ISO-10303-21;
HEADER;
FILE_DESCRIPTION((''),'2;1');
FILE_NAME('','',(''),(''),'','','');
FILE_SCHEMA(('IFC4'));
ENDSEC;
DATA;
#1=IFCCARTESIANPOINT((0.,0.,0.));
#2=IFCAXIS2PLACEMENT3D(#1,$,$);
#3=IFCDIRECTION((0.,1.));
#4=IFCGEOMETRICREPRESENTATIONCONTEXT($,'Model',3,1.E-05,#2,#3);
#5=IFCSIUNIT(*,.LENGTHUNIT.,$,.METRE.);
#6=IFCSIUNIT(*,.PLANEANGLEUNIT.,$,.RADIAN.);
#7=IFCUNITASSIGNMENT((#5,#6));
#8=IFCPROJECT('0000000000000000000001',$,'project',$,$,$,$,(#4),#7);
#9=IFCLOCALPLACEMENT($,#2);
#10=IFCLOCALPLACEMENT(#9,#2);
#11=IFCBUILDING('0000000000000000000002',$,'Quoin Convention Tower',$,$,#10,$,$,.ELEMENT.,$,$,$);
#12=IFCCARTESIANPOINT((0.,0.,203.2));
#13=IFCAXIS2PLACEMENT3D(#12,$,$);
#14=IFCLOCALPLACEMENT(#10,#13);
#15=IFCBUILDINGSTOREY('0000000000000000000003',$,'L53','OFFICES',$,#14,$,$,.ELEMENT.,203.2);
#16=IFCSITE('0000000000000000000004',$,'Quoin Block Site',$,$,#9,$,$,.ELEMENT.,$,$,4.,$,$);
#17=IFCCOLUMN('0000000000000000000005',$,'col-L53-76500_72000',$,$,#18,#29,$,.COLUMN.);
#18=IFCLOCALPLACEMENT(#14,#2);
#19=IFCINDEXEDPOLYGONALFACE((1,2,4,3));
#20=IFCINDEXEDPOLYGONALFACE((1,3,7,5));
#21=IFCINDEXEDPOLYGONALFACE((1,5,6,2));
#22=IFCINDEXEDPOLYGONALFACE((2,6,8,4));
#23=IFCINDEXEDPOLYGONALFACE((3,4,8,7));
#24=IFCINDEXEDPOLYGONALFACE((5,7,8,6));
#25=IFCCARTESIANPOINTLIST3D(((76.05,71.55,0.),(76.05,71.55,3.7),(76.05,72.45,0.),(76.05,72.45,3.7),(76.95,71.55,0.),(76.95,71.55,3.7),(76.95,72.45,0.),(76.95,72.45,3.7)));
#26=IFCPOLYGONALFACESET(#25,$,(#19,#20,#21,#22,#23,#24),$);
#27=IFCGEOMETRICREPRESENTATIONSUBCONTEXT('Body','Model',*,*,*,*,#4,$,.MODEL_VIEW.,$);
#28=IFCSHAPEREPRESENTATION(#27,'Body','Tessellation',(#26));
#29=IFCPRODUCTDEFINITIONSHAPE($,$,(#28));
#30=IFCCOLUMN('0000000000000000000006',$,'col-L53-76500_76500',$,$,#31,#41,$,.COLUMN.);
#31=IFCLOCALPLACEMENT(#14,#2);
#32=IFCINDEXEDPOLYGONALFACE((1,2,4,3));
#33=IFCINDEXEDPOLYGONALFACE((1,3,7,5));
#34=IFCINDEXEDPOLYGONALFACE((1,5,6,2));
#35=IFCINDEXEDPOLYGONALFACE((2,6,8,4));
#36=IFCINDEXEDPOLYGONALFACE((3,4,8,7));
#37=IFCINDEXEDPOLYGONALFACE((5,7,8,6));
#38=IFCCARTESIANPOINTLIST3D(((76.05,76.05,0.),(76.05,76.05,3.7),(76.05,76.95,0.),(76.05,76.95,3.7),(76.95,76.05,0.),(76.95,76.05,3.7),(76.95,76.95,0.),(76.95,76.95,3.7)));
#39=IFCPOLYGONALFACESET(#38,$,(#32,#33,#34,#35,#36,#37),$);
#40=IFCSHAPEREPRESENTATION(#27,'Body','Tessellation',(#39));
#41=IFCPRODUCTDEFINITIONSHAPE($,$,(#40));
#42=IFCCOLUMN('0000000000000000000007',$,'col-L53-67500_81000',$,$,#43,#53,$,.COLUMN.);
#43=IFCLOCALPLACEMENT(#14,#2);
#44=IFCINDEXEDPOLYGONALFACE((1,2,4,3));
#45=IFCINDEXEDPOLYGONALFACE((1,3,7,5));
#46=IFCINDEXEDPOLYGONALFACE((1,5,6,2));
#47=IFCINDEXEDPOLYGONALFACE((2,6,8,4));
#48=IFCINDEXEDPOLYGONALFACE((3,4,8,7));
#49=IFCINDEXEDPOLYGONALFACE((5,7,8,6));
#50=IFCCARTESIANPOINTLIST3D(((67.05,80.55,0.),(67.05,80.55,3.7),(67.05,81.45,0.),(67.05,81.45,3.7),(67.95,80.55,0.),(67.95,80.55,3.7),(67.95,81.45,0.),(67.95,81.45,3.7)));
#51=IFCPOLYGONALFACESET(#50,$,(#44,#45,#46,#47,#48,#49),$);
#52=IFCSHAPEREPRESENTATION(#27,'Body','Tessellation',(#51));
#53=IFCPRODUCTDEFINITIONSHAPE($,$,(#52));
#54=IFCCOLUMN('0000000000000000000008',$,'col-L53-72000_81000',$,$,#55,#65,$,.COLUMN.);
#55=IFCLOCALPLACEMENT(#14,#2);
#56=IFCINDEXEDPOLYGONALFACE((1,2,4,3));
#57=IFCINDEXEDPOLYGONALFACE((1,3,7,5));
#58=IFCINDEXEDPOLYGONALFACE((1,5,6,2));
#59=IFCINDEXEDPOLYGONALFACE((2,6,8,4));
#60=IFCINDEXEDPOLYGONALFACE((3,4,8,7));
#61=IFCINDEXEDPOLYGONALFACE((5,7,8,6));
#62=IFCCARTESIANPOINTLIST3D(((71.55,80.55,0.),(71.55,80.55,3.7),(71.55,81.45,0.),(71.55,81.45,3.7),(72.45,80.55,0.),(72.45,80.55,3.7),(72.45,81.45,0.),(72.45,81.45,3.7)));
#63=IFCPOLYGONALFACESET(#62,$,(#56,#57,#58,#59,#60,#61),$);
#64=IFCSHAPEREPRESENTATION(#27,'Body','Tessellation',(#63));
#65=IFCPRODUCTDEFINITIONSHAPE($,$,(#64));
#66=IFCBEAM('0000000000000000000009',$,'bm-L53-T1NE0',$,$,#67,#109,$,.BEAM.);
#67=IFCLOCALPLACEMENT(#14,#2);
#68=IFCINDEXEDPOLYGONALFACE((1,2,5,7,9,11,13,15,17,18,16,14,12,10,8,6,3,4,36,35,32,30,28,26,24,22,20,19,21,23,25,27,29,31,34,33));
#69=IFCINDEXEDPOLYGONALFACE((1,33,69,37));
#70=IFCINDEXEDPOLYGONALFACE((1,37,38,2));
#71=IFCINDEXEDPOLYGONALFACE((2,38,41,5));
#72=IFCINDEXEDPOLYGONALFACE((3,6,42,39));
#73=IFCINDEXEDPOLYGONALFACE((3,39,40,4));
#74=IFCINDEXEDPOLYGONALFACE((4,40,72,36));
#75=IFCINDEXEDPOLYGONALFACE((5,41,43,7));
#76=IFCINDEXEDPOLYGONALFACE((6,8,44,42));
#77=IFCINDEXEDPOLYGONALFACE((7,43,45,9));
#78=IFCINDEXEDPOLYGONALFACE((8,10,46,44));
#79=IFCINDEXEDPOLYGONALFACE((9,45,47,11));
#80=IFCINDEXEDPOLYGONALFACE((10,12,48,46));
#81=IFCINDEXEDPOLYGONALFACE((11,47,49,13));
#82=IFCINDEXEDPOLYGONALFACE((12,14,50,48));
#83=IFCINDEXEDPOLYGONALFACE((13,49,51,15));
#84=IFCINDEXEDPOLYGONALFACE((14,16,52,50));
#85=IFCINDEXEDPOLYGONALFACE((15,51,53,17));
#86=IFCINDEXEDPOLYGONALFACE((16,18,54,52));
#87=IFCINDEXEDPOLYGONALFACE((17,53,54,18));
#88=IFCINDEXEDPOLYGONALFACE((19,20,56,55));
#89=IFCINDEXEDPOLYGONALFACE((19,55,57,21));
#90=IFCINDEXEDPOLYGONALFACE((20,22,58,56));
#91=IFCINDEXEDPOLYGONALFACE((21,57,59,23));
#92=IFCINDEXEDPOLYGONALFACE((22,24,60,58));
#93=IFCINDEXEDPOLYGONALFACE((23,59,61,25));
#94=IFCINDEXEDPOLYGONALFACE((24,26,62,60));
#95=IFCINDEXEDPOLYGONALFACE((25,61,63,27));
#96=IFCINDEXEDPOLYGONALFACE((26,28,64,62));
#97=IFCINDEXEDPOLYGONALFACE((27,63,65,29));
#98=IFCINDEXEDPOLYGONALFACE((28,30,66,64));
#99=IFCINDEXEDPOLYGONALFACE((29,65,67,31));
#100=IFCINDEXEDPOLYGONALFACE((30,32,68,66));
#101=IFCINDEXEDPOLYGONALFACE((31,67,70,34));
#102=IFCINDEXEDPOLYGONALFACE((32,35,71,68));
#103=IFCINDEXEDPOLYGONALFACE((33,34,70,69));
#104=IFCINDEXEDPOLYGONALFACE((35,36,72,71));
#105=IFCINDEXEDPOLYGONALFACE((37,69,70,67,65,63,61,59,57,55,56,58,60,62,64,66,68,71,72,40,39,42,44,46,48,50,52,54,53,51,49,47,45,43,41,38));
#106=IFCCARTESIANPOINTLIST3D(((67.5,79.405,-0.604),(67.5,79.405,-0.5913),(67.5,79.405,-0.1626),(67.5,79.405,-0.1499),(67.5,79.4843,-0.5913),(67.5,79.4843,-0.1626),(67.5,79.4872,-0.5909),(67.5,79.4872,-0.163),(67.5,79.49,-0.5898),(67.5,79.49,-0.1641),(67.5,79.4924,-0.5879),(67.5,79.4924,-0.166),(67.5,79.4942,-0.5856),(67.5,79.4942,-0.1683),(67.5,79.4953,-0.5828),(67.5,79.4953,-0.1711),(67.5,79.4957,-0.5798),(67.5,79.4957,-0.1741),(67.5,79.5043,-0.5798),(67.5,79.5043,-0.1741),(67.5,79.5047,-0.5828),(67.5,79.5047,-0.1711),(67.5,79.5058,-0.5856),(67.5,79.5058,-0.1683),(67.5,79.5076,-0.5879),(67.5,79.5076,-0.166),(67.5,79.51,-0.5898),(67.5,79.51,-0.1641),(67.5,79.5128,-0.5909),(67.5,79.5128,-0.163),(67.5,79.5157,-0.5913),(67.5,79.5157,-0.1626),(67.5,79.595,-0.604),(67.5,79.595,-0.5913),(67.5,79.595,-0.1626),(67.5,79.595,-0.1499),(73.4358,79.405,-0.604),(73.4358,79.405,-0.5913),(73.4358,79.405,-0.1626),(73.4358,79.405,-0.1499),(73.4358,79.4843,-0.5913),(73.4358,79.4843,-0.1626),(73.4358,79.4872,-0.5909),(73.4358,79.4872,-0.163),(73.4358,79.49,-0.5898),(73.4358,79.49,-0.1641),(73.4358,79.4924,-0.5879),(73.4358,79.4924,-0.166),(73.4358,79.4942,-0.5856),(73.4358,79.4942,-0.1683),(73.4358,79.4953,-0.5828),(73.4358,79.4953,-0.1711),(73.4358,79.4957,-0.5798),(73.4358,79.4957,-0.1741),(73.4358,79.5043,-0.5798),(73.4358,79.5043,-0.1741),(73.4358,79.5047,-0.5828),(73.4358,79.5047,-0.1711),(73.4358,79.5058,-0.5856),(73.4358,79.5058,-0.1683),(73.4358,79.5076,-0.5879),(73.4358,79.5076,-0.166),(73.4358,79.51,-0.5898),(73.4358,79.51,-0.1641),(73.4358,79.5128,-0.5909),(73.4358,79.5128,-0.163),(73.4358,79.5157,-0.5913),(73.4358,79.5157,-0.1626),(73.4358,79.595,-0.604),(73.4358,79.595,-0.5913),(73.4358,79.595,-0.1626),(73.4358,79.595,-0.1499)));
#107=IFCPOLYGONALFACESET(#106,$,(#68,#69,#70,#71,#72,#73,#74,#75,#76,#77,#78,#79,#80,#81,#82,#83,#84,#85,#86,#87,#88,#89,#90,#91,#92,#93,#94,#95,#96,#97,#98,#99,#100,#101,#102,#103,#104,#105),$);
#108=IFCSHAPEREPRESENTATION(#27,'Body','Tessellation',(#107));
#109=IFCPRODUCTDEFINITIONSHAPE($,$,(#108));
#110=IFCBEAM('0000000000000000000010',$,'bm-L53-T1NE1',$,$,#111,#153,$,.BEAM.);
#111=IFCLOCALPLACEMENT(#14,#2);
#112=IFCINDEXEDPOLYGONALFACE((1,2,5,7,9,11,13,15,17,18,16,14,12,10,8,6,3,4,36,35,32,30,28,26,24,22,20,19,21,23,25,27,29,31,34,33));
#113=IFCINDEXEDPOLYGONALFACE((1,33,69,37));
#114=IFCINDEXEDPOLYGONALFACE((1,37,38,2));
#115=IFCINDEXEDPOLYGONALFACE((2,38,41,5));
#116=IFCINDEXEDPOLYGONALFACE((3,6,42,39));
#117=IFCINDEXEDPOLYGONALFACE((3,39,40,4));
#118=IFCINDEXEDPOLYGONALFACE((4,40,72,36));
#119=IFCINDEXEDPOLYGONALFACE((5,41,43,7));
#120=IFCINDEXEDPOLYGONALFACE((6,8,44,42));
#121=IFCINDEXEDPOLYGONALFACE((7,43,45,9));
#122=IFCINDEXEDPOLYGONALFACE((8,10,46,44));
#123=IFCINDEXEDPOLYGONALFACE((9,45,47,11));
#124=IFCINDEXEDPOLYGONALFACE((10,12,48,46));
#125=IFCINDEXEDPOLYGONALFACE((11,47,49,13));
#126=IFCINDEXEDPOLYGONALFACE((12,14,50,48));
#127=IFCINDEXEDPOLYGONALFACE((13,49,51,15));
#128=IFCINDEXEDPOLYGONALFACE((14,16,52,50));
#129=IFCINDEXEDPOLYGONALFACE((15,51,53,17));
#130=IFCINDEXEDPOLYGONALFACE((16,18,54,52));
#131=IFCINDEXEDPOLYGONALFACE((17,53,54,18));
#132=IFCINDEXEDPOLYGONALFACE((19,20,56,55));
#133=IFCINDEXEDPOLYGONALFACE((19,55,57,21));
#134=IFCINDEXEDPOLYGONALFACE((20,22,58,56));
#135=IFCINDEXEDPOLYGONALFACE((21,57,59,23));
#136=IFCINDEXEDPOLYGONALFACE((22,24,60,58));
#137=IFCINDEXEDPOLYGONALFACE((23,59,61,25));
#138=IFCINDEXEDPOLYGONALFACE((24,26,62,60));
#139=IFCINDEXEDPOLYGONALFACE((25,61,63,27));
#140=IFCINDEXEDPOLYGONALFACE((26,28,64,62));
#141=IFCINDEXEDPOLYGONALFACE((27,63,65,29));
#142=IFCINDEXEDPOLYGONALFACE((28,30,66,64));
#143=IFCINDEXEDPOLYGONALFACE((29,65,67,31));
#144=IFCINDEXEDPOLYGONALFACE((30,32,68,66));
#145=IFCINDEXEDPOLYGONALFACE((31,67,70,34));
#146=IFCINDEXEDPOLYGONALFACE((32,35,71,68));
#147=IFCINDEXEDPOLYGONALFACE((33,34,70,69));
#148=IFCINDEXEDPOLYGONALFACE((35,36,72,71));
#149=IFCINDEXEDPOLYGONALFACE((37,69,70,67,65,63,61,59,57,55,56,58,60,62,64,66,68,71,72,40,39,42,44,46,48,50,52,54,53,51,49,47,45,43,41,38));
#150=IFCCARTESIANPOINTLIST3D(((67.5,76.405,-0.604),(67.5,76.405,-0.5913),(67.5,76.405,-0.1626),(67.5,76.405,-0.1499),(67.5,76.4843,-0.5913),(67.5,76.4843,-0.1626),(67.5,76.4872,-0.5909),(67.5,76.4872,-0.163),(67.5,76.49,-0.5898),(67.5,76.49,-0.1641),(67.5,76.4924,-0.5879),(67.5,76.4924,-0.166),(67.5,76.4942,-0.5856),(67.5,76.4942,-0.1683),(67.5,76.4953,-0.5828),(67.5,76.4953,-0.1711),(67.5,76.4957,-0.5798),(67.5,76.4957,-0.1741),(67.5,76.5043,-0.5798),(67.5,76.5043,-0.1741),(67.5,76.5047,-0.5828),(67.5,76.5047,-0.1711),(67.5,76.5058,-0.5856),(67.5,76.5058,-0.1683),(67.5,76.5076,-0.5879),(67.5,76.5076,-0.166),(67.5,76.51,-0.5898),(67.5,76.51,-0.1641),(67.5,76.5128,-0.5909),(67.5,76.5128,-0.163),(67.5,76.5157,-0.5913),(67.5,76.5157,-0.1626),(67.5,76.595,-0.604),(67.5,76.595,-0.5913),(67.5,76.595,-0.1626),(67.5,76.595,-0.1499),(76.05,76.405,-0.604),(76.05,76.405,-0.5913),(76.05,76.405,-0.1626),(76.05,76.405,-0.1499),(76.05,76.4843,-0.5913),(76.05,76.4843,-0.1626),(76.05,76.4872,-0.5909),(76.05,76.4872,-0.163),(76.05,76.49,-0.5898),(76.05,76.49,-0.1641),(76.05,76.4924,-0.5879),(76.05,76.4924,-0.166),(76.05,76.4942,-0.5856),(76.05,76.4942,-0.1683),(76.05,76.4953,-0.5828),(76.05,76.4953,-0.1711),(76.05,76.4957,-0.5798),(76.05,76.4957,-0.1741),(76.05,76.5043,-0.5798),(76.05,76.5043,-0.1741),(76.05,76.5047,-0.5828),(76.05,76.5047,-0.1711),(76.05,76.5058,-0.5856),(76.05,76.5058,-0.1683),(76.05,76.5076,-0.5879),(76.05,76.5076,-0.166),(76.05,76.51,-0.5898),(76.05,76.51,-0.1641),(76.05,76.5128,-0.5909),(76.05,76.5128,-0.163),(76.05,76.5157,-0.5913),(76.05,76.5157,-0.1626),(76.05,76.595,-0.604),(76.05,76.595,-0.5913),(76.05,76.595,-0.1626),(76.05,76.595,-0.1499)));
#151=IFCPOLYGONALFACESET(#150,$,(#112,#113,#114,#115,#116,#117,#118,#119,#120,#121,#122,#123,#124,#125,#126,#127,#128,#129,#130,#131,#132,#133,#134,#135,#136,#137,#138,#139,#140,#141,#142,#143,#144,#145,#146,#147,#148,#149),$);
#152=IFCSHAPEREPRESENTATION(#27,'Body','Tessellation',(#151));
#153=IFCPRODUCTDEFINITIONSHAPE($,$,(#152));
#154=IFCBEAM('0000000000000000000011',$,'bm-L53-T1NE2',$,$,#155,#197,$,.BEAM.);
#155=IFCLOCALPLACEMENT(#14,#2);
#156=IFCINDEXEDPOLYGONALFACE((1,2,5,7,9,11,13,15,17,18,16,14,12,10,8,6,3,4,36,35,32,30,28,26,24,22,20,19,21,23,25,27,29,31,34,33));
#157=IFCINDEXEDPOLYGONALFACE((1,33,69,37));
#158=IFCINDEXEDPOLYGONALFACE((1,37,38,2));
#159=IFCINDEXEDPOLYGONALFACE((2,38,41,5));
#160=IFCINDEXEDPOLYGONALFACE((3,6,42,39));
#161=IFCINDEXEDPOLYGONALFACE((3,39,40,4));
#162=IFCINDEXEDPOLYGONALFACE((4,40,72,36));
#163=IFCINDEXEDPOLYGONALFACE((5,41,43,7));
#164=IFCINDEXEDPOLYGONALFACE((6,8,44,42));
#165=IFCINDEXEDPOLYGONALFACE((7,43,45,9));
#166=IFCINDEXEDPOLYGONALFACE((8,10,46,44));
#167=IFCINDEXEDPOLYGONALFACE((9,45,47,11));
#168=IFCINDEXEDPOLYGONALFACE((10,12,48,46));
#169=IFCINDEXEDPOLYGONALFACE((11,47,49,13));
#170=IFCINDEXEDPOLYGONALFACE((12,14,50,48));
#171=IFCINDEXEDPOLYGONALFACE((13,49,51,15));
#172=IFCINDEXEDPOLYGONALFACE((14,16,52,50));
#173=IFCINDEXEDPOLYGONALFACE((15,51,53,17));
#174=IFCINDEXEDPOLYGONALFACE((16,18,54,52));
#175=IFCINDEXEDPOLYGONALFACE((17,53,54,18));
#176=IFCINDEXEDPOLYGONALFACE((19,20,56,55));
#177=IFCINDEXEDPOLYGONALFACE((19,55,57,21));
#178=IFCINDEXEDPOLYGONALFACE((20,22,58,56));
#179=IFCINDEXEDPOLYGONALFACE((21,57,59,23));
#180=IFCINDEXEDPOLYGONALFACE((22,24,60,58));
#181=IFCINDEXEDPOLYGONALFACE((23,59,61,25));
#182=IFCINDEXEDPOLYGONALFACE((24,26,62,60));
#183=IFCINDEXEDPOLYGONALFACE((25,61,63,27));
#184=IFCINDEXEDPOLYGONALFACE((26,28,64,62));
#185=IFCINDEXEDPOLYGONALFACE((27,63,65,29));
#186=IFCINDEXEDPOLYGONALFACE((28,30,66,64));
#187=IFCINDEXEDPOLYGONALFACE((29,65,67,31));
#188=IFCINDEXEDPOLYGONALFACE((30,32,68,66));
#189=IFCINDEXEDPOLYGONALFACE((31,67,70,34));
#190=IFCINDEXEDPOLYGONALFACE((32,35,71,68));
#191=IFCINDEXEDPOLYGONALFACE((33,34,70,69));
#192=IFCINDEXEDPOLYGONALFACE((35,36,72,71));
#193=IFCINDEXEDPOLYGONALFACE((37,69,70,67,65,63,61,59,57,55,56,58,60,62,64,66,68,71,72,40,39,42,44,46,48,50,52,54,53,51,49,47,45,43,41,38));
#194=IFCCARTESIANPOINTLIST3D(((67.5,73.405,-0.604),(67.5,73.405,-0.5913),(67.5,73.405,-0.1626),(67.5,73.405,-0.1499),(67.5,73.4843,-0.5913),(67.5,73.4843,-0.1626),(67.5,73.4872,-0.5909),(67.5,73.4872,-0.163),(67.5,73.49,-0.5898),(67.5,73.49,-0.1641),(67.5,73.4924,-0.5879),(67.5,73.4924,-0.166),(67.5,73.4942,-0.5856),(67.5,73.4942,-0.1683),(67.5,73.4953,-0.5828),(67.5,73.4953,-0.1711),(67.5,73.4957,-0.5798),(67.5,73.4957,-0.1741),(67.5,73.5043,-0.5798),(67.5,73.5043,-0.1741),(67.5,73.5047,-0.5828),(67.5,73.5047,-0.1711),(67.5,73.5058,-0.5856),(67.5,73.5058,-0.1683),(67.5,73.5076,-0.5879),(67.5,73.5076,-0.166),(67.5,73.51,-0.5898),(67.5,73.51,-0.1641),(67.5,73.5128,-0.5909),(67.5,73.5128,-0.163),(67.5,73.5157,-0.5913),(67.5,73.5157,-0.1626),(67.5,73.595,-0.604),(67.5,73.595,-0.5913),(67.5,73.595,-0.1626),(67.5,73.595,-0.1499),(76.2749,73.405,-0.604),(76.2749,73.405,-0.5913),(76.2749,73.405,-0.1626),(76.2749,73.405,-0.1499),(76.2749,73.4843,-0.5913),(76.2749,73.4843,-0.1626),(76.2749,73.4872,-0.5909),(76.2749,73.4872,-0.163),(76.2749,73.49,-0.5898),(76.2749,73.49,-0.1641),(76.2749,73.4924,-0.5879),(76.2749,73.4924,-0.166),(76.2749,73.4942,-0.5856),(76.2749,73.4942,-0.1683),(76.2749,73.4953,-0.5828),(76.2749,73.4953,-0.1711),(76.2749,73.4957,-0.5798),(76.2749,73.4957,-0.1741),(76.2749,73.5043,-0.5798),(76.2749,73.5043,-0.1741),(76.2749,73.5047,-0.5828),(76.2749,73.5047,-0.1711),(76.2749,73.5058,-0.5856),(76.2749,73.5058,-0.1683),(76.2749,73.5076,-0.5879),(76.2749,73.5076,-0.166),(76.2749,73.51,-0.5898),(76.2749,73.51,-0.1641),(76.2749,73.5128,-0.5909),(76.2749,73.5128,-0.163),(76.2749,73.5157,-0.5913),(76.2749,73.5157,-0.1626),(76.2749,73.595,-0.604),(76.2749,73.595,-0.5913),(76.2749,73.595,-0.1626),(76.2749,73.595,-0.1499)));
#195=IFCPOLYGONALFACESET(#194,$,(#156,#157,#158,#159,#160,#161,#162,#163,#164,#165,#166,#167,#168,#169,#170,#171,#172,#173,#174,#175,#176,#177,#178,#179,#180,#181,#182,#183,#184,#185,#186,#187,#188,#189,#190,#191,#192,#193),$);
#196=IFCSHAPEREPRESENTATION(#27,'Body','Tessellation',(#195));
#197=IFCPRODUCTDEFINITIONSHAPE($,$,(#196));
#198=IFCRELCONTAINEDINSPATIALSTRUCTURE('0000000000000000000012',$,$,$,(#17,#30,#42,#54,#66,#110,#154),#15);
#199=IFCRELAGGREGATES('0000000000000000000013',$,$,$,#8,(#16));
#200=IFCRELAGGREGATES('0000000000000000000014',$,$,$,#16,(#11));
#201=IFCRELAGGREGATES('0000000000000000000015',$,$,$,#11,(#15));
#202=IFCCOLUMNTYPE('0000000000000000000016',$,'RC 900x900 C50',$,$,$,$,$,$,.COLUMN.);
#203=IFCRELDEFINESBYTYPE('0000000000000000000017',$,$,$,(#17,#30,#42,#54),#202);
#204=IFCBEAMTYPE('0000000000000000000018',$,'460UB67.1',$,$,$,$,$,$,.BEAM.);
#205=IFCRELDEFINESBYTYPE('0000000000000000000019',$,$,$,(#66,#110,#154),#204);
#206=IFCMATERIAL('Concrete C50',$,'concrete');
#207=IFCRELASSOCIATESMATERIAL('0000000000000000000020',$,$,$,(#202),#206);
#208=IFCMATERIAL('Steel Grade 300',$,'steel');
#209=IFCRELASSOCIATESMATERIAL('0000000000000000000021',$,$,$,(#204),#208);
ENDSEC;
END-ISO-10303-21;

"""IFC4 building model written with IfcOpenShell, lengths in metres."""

from ifc_helpers import new_model, si_unit, direction, frame, origin, origin_2d, place, context, subcontext, project, spatial, rectangle, i_section, extrude, material, material_profile, profile_set, type_object, element, save


model = new_model("IFC4")

# Units and contexts
model_context = context("Model", 3, precision=1e-05, world=origin(), true_north=direction((0.0, 1.0)))
body_context = subcontext(model_context, "Body", "Model", "MODEL_VIEW")
ifc_project = project(units=[si_unit("LENGTHUNIT", "METRE"), si_unit("PLANEANGLEUNIT", "RADIAN")], contexts=[model_context])

# Site, building, storey
site_placement = place(None, origin())
site = spatial("IfcSite", under=ifc_project, at=site_placement, Name="Quoin Block Site", CompositionType="ELEMENT", RefElevation=4.0)
building_placement = place(site_placement, origin())
building = spatial("IfcBuilding", under=site, at=building_placement, Name="Quoin Convention Tower", CompositionType="ELEMENT")
storey_placement = place(building_placement, frame((0.0, 0.0, 203.2)))
storey = spatial("IfcBuildingStorey", under=building, at=storey_placement, Name="L53", Description="OFFICES", CompositionType="ELEMENT", Elevation=203.2)

# Columns
ifc_material_1 = material(Name="Concrete C50", Category="concrete")
ifc_material_profile_1 = material_profile(ifc_material_1, rectangle(XDim=0.8999, YDim=0.8999, at=origin_2d()), Name="RC 900x900")
ifc_profile_set_1 = profile_set([ifc_material_profile_1], Name="Concrete C50")
column_type = type_object("IfcColumnType", Name="RC 900x900 C50", PredefinedType="COLUMN", material=ifc_profile_set_1)
for number, where, z_axis, x_axis, name in (
    (1, (76.5, 72.0, 0.0), (0.0, 0.0, 1.0), (1.0, 0.0, 0.0), "col-L53-76500_72000"),
    (2, (76.5, 76.5, 0.0), (0.0, 0.0, 1.0), (1.0, 0.0, 0.0), "col-L53-76500_76500"),
    (3, (67.5, 81.0, 0.0), (0.0, 0.0, 1.0), (1.0, 0.0, 0.0), "col-L53-67500_81000"),
    (4, (72.0, 81.0, 0.0), (0.0, 0.0, 1.0), (1.0, 0.0, 0.0), "col-L53-72000_81000"),
):
    element("IfcColumn", number, at=place(storey_placement, frame(where, z_axis=z_axis, x_axis=x_axis)), inside=storey, type_object=column_type, Name=name, PredefinedType="COLUMN", context=body_context, shape_type="SweptSolid", body=[
        extrude(rectangle(XDim=0.8999, YDim=0.8999, at=origin_2d()), origin(), (0.0, 0.0, 1.0), 3.7),
    ])

# Beams
ifc_material_2 = material(Name="Steel Grade 300", Category="steel")
ifc_material_profile_2 = material_profile(ifc_material_2, i_section(OverallWidth=0.1899, OverallDepth=0.4541, WebThickness=0.0085, FlangeThickness=0.0127, FilletRadius=0.0115, at=origin_2d()), Name="460UB67.1")
ifc_profile_set_2 = profile_set([ifc_material_profile_2], Name="Steel Grade 300")
beam_type_1 = type_object("IfcBeamType", Name="460UB67.1", PredefinedType="BEAM", material=ifc_profile_set_2)
beam_1_placement = place(storey_placement, frame((67.5, 79.5, -0.377), z_axis=(1.0, 0.0, 0.0), x_axis=(0.0, 1.0, 0.0)))
element("IfcBeam", 5, at=beam_1_placement, inside=storey, type_object=beam_type_1, Name="bm-L53-T1NE0", PredefinedType="BEAM", context=body_context, shape_type="SweptSolid", body=[
    extrude(i_section(OverallWidth=0.1899, OverallDepth=0.4541, WebThickness=0.0085, FlangeThickness=0.0127, FilletRadius=0.0115, at=origin_2d()), origin(), (0.0, 0.0, 1.0), 5.9358),
])
beam_2_placement = place(storey_placement, frame((67.5, 76.5, -0.377), z_axis=(1.0, 0.0, 0.0), x_axis=(0.0, 1.0, 0.0)))
element("IfcBeam", 6, at=beam_2_placement, inside=storey, type_object=beam_type_1, Name="bm-L53-T1NE1", PredefinedType="BEAM", context=body_context, shape_type="SweptSolid", body=[
    extrude(i_section(OverallWidth=0.1899, OverallDepth=0.4541, WebThickness=0.0085, FlangeThickness=0.0127, FilletRadius=0.0115, at=origin_2d()), origin(), (0.0, 0.0, 1.0), 8.55),
])
beam_3_placement = place(storey_placement, frame((67.5, 73.5, -0.377), z_axis=(1.0, 0.0, 0.0), x_axis=(0.0, 1.0, 0.0)))
element("IfcBeam", 7, at=beam_3_placement, inside=storey, type_object=beam_type_1, Name="bm-L53-T1NE2", PredefinedType="BEAM", context=body_context, shape_type="SweptSolid", body=[
    extrude(i_section(OverallWidth=0.1899, OverallDepth=0.4541, WebThickness=0.0085, FlangeThickness=0.0127, FilletRadius=0.0115, at=origin_2d()), origin(), (0.0, 0.0, 1.0), 8.7749),
])

save(model, "model.ifc")
